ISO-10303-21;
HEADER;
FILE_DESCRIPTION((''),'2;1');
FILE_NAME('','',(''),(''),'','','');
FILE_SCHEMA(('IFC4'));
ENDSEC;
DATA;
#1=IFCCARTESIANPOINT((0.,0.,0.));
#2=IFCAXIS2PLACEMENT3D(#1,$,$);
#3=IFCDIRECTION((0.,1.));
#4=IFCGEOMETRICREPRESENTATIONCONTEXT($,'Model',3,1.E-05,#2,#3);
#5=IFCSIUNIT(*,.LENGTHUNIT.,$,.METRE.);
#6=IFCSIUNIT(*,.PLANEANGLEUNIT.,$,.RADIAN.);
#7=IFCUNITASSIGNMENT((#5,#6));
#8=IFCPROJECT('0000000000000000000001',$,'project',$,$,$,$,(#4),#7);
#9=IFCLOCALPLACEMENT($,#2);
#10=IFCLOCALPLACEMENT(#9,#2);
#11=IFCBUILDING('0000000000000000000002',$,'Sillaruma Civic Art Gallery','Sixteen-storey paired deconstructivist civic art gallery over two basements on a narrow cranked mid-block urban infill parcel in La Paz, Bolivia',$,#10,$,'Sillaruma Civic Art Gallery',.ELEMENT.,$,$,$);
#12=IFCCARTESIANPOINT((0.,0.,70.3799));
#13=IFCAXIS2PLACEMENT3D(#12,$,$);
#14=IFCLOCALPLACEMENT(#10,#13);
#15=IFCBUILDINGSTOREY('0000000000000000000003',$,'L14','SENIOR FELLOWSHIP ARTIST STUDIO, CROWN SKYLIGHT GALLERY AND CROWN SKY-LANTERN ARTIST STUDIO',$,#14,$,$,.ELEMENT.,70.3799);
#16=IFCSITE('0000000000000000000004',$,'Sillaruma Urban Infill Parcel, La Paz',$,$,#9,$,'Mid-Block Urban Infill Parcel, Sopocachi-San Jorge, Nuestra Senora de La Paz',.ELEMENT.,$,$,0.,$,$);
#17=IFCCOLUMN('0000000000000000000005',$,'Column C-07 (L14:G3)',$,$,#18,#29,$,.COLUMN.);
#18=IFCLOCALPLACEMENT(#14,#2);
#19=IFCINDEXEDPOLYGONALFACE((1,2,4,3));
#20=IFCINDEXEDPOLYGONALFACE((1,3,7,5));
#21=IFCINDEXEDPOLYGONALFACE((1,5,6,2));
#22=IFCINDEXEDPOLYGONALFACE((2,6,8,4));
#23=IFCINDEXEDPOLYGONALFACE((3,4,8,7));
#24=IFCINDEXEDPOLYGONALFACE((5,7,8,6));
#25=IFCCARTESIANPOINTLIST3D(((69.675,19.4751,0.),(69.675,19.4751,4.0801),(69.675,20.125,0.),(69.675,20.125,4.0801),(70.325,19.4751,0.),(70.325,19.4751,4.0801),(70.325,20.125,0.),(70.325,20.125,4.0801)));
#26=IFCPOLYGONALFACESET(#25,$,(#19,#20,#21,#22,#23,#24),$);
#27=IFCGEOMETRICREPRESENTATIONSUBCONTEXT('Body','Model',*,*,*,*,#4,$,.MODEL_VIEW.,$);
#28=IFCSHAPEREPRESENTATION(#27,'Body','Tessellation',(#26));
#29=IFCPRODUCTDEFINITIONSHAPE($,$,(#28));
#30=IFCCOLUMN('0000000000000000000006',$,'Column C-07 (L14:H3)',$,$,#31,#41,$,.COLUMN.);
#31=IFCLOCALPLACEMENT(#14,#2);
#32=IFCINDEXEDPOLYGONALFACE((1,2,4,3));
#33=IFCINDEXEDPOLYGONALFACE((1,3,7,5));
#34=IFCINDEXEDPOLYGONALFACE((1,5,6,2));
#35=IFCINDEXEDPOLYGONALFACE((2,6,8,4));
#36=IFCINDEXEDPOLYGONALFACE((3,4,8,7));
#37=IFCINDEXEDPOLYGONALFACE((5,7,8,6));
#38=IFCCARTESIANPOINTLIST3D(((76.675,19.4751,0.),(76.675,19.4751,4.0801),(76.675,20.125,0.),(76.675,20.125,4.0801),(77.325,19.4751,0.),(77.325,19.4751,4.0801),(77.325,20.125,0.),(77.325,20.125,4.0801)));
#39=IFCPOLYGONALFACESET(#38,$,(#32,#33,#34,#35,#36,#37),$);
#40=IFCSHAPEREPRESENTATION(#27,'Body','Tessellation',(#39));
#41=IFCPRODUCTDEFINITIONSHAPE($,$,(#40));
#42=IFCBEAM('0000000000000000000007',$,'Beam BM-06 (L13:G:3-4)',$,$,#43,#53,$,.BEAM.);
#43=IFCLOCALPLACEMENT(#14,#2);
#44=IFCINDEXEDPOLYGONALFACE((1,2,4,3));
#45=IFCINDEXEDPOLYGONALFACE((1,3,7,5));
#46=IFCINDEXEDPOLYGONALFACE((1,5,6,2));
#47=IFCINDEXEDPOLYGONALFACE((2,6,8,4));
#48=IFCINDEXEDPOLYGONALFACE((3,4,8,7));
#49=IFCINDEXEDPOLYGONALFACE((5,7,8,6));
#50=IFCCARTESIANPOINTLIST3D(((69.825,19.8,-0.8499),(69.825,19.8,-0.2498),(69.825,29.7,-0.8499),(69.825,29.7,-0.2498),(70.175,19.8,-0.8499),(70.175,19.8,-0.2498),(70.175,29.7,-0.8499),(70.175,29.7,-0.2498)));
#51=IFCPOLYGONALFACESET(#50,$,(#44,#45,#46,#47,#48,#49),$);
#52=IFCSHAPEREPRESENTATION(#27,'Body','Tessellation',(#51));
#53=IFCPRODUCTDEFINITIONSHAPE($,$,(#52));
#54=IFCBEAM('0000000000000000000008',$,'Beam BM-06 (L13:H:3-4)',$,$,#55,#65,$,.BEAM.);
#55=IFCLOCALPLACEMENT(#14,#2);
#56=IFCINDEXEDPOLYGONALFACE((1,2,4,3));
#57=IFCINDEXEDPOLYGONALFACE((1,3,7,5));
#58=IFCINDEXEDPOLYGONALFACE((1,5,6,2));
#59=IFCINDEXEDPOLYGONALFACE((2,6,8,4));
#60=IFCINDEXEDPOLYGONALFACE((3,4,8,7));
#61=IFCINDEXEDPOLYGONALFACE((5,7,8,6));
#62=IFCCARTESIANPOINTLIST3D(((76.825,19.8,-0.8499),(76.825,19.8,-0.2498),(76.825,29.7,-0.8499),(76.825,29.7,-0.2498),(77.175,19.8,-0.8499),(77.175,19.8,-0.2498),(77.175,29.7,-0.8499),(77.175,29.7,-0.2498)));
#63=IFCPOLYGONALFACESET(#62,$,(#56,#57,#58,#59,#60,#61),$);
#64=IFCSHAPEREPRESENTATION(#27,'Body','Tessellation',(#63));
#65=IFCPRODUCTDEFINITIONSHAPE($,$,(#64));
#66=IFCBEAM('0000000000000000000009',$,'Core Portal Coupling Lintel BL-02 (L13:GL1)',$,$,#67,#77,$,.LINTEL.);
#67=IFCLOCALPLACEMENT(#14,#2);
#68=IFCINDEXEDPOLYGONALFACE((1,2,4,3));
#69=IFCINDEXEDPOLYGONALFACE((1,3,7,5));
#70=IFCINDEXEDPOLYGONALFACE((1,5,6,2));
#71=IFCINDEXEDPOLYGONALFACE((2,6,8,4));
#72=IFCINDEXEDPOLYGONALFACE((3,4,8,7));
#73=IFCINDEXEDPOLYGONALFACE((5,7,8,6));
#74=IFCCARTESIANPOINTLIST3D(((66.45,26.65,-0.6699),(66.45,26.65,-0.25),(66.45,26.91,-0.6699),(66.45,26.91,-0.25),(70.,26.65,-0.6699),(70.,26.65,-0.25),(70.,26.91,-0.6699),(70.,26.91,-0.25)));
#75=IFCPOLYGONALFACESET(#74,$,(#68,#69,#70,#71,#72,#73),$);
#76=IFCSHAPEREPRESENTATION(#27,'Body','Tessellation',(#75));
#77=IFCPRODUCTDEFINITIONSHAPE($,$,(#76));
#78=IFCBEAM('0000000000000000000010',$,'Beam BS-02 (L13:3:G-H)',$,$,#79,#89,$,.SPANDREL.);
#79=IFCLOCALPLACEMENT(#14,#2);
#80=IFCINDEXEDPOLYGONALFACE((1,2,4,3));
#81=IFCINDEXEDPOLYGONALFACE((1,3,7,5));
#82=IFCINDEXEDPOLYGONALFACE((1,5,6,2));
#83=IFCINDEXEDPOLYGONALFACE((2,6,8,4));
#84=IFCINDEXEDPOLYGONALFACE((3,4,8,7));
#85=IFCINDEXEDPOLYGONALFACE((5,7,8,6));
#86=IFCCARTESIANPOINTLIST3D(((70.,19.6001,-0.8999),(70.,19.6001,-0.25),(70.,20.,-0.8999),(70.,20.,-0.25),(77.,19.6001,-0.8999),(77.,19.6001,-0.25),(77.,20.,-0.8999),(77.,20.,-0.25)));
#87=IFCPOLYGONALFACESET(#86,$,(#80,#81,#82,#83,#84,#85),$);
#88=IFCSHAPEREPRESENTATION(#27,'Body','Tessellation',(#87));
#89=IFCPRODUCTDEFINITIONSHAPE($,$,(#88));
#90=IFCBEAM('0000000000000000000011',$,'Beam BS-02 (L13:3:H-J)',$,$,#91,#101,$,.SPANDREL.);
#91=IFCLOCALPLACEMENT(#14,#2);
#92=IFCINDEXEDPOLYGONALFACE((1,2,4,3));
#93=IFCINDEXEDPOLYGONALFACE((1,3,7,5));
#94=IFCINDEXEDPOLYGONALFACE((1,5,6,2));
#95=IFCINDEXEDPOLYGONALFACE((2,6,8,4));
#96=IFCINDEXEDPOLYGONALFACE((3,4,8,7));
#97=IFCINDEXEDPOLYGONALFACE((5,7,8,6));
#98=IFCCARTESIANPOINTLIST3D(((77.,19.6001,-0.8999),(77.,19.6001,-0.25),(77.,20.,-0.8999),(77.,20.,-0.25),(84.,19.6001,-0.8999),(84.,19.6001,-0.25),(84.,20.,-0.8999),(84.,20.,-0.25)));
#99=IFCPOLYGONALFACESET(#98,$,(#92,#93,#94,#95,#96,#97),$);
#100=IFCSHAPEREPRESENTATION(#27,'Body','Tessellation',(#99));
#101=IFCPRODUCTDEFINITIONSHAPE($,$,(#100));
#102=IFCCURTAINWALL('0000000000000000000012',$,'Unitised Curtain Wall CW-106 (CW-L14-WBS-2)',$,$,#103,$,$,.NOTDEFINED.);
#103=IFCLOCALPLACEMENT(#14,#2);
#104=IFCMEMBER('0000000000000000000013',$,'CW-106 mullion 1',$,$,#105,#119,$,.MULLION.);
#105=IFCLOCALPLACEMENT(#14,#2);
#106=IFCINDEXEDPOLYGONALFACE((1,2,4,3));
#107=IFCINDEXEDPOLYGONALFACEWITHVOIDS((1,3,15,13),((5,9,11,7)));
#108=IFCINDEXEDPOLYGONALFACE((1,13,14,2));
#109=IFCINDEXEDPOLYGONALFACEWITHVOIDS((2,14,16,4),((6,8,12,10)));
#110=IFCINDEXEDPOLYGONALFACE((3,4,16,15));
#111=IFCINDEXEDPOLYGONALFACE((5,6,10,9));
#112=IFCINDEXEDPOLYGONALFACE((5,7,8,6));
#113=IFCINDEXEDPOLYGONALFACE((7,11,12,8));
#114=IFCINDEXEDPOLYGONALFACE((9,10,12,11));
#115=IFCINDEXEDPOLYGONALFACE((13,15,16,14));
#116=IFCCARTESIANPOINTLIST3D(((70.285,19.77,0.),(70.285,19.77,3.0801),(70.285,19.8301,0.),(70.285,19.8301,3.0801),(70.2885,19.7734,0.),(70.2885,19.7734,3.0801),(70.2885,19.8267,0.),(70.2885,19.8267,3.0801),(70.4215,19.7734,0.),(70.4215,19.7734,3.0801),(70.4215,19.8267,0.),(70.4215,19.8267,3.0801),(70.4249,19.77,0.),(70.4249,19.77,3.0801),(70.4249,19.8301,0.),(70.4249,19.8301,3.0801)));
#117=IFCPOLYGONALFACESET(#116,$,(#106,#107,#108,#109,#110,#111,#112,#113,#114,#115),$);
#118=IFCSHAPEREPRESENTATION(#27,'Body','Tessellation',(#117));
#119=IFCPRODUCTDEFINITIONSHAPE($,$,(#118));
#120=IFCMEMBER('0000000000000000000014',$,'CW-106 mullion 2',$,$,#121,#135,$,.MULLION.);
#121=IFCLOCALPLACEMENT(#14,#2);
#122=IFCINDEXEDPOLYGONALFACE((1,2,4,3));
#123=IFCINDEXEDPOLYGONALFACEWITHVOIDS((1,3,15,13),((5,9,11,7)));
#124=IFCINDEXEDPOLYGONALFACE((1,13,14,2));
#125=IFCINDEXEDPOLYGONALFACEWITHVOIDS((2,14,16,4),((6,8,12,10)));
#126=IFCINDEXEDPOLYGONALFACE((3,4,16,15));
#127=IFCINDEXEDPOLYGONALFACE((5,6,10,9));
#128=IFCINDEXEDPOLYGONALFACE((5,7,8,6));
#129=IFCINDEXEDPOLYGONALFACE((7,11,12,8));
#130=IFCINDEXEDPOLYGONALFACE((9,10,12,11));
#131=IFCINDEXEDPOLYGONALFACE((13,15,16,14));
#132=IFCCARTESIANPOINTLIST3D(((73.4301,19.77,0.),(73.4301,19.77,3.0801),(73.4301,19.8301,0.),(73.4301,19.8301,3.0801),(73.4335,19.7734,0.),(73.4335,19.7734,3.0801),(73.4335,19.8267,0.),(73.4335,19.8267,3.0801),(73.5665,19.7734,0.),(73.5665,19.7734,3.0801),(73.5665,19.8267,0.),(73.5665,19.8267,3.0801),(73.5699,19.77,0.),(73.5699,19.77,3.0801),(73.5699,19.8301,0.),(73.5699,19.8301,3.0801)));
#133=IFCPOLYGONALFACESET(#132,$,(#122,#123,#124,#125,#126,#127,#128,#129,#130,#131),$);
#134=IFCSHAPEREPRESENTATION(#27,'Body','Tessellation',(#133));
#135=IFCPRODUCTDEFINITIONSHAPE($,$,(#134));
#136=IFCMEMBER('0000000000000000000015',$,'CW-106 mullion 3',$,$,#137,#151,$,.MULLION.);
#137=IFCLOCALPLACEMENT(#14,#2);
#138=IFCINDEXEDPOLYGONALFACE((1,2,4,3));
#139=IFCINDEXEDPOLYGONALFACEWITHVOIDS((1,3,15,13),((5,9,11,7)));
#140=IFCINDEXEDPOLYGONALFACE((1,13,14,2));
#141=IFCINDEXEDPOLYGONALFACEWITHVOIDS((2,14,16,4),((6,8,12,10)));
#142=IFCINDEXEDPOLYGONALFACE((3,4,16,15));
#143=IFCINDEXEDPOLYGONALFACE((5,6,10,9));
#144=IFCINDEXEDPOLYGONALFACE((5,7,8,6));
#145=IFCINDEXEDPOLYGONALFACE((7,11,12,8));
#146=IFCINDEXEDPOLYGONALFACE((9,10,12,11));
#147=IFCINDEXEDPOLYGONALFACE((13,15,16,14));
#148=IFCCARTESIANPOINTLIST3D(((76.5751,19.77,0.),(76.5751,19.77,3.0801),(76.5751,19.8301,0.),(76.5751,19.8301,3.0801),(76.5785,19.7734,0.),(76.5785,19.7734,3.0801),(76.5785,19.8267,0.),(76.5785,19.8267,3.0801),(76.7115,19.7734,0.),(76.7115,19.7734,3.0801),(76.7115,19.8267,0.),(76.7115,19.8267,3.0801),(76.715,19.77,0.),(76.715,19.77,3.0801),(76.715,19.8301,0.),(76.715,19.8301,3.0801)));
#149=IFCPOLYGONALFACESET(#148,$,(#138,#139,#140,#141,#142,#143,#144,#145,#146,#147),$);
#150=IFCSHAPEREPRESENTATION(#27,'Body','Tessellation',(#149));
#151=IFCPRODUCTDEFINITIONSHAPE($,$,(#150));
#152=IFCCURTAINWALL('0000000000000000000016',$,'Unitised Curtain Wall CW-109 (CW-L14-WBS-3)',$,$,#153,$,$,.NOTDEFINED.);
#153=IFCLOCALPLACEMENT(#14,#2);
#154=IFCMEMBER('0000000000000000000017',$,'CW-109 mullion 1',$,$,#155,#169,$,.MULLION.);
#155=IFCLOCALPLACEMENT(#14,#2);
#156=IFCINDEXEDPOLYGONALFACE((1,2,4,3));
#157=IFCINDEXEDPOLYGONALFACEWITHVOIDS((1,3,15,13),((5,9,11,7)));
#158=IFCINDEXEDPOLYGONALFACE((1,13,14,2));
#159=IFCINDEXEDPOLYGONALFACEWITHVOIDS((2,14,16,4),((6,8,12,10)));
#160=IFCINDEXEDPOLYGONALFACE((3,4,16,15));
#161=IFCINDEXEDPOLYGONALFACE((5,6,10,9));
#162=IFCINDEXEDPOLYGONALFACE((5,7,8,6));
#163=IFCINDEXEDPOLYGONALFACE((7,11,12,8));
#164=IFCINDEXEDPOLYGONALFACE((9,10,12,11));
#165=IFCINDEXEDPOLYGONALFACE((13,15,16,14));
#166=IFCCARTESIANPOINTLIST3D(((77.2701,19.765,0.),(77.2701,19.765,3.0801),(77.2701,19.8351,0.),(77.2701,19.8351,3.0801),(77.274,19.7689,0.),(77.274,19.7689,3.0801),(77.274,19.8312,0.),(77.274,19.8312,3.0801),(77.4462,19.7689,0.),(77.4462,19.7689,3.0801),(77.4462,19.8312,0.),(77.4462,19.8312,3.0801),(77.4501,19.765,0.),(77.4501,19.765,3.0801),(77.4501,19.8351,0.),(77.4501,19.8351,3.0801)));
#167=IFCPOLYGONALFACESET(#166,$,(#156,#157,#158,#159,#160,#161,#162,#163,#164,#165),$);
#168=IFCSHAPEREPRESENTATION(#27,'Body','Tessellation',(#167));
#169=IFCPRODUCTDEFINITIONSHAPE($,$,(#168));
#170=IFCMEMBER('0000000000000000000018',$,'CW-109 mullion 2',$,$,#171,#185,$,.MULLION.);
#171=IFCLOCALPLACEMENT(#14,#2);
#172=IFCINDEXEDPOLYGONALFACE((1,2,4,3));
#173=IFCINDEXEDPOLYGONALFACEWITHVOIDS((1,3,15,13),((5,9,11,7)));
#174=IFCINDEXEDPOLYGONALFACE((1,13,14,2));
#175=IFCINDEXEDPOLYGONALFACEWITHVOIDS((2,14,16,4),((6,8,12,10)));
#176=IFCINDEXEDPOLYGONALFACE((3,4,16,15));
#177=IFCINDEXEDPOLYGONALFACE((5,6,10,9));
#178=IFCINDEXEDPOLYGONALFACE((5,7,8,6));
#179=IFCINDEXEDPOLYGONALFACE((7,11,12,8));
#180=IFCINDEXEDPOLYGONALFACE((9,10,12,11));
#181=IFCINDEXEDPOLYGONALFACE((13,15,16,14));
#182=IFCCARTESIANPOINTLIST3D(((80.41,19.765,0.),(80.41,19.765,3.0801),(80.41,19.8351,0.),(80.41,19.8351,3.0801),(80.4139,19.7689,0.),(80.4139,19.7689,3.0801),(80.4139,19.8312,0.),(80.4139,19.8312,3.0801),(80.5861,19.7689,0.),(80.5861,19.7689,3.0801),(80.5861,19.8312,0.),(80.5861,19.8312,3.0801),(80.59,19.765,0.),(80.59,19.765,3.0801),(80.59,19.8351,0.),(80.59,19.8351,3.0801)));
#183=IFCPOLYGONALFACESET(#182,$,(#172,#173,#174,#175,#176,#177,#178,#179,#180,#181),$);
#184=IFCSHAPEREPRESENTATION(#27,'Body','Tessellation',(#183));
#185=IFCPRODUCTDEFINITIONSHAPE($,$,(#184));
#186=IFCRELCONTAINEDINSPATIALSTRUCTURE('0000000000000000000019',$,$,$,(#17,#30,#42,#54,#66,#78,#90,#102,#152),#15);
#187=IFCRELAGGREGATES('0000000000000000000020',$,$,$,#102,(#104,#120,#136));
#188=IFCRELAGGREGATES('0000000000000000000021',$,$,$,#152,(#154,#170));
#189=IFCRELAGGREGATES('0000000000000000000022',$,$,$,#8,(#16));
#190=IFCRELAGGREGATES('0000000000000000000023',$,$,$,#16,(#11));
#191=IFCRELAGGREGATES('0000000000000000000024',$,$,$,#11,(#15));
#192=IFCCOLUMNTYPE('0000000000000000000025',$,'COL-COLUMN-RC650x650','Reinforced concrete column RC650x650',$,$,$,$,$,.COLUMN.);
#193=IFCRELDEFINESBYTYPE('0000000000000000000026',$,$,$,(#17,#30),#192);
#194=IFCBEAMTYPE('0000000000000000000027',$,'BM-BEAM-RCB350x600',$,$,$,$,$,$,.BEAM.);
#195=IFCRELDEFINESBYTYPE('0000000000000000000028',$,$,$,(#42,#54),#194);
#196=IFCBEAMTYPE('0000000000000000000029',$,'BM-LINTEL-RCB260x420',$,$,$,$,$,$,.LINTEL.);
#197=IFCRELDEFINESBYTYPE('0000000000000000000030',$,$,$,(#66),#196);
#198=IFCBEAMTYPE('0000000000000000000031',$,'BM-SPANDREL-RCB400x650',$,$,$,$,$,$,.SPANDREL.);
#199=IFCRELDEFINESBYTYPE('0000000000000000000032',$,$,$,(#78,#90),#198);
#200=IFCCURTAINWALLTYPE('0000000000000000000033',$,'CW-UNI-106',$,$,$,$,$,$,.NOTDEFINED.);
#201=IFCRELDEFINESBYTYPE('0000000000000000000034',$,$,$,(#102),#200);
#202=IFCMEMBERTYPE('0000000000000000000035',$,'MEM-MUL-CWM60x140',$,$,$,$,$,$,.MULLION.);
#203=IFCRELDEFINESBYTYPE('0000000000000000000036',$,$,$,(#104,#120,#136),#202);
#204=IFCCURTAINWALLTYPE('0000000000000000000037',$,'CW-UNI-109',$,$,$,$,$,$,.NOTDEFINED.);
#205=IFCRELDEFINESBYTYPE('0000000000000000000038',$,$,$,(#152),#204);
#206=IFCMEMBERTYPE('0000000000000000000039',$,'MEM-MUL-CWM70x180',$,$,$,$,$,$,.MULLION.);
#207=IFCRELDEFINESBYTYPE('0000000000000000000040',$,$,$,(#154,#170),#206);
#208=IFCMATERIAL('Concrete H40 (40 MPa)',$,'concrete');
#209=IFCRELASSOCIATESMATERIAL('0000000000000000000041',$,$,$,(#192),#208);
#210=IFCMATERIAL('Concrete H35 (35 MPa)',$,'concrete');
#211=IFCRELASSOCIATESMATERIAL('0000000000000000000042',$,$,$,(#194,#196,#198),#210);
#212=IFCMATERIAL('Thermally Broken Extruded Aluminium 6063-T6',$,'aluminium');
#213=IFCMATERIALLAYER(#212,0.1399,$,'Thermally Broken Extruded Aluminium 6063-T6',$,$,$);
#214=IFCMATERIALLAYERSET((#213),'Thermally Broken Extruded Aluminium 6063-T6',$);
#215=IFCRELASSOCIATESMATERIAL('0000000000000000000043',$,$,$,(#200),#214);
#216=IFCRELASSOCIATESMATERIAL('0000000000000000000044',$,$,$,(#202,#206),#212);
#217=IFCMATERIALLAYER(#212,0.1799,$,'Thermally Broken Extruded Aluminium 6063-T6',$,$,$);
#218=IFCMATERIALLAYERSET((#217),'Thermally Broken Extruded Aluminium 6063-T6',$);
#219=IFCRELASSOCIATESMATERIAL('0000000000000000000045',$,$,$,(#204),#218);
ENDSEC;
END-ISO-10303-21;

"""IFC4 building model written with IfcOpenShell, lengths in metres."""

from ifc_helpers import new_model, si_unit, direction, frame, origin, origin_2d, place, context, subcontext, project, spatial, rectangle, hollow_rectangle, extrude, material, layer, layer_set, material_profile, profile_set, type_object, element, aggregate, save


model = new_model("IFC4")

# Units and contexts
model_context = context("Model", 3, precision=1e-05, world=origin(), true_north=direction((0.0, 1.0)))
body_context = subcontext(model_context, "Body", "Model", "MODEL_VIEW")
ifc_project = project(units=[si_unit("LENGTHUNIT", "METRE"), si_unit("PLANEANGLEUNIT", "RADIAN")], contexts=[model_context])

# Site, building, storey
site_placement = place(None, origin())
site = spatial("IfcSite", under=ifc_project, at=site_placement, Name="Sillaruma Urban Infill Parcel, La Paz", LongName="Mid-Block Urban Infill Parcel, Sopocachi-San Jorge, Nuestra Senora de La Paz", CompositionType="ELEMENT", RefElevation=0.0)
building_placement = place(site_placement, origin())
building = spatial("IfcBuilding", under=site, at=building_placement, Name="Sillaruma Civic Art Gallery", Description="Sixteen-storey paired deconstructivist civic art gallery over two basements on a narrow cranked mid-block urban infill parcel in La Paz, Bolivia", LongName="Sillaruma Civic Art Gallery", CompositionType="ELEMENT")
storey_placement = place(building_placement, frame((0.0, 0.0, 70.3799)))
storey = spatial("IfcBuildingStorey", under=building, at=storey_placement, Name="L14", Description="SENIOR FELLOWSHIP ARTIST STUDIO, CROWN SKYLIGHT GALLERY AND CROWN SKY-LANTERN ARTIST STUDIO", CompositionType="ELEMENT", Elevation=70.3799)

# Columns
ifc_material_1 = material(Name="Concrete H40 (40 MPa)", Category="concrete")
ifc_material_profile_1 = material_profile(ifc_material_1, rectangle(XDim=0.6499, YDim=0.6499, at=origin_2d()), Name="RC650x650")
ifc_profile_set_1 = profile_set([ifc_material_profile_1], Name="Concrete H40 (40 MPa)")
column_type = type_object("IfcColumnType", Name="COL-COLUMN-RC650x650", Description="Reinforced concrete column RC650x650", PredefinedType="COLUMN", material=ifc_profile_set_1)
for number, where, z_axis, x_axis, name in (
    (1, (70.0, 19.8, 0.0), (0.0, 0.0, 1.0), (1.0, 0.0, 0.0), "Column C-07 (L14:G3)"),
    (2, (77.0, 19.8, 0.0), (0.0, 0.0, 1.0), (1.0, 0.0, 0.0), "Column C-07 (L14:H3)"),
):
    element("IfcColumn", number, at=place(storey_placement, frame(where, z_axis=z_axis, x_axis=x_axis)), inside=storey, type_object=column_type, Name=name, PredefinedType="COLUMN", context=body_context, shape_type="SweptSolid", body=[
        extrude(rectangle(XDim=0.6499, YDim=0.6499, at=origin_2d()), origin(), (0.0, 0.0, 1.0), 4.0801),
    ])

# Beams
ifc_material_2 = material(Name="Concrete H35 (35 MPa)", Category="concrete")
ifc_material_profile_2 = material_profile(ifc_material_2, rectangle(XDim=0.3501, YDim=0.6001, at=origin_2d()), Name="RCB350x600")
ifc_profile_set_2 = profile_set([ifc_material_profile_2], Name="Concrete H35 (35 MPa)")
beam_type_1 = type_object("IfcBeamType", Name="BM-BEAM-RCB350x600", PredefinedType="BEAM", material=ifc_profile_set_2)
for number, where, z_axis, x_axis, name in (
    (3, (70.0, 19.8, -0.5498), (0.0, 1.0, 0.0), (-1.0, 0.0, 0.0), "Beam BM-06 (L13:G:3-4)"),
    (4, (77.0, 19.8, -0.5498), (0.0, 1.0, 0.0), (-1.0, 0.0, 0.0), "Beam BM-06 (L13:H:3-4)"),
):
    element("IfcBeam", number, at=place(storey_placement, frame(where, z_axis=z_axis, x_axis=x_axis)), inside=storey, type_object=beam_type_1, Name=name, PredefinedType="BEAM", context=body_context, shape_type="SweptSolid", body=[
        extrude(rectangle(XDim=0.3501, YDim=0.6001, at=origin_2d()), origin(), (0.0, 0.0, 1.0), 9.8999),
    ])
ifc_material_profile_3 = material_profile(ifc_material_2, rectangle(XDim=0.26, YDim=0.4199, at=origin_2d()), Name="RCB260x420")
ifc_profile_set_3 = profile_set([ifc_material_profile_3], Name="Concrete H35 (35 MPa)")
beam_type_2 = type_object("IfcBeamType", Name="BM-LINTEL-RCB260x420", PredefinedType="LINTEL", material=ifc_profile_set_3)
beam_placement = place(storey_placement, frame((66.45, 26.78, -0.46), z_axis=(1.0, 0.0, 0.0), x_axis=(0.0, 1.0, 0.0)))
element("IfcBeam", 5, at=beam_placement, inside=storey, type_object=beam_type_2, Name="Core Portal Coupling Lintel BL-02 (L13:GL1)", PredefinedType="LINTEL", context=body_context, shape_type="SweptSolid", body=[
    extrude(rectangle(XDim=0.26, YDim=0.4199, at=origin_2d()), origin(), (0.0, 0.0, 1.0), 3.55),
])
ifc_material_profile_4 = material_profile(ifc_material_2, rectangle(XDim=0.3999, YDim=0.6499, at=origin_2d()), Name="RCB400x650")
ifc_profile_set_4 = profile_set([ifc_material_profile_4], Name="Concrete H35 (35 MPa)")
beam_type_3 = type_object("IfcBeamType", Name="BM-SPANDREL-RCB400x650", PredefinedType="SPANDREL", material=ifc_profile_set_4)
for number, where, z_axis, x_axis, name in (
    (6, (70.0, 19.8, -0.575), (1.0, 0.0, 0.0), (0.0, 1.0, 0.0), "Beam BS-02 (L13:3:G-H)"),
    (7, (77.0, 19.8, -0.575), (1.0, 0.0, 0.0), (0.0, 1.0, 0.0), "Beam BS-02 (L13:3:H-J)"),
):
    element("IfcBeam", number, at=place(storey_placement, frame(where, z_axis=z_axis, x_axis=x_axis)), inside=storey, type_object=beam_type_3, Name=name, PredefinedType="SPANDREL", context=body_context, shape_type="SweptSolid", body=[
        extrude(rectangle(XDim=0.3999, YDim=0.6499, at=origin_2d()), origin(), (0.0, 0.0, 1.0), 7.0),
    ])

# Curtain walls, members
ifc_material_3 = material(Name="Thermally Broken Extruded Aluminium 6063-T6", Category="aluminium")
ifc_layer_1 = layer(ifc_material_3, 0.1399, Name="Thermally Broken Extruded Aluminium 6063-T6")
ifc_layer_set_1 = layer_set([ifc_layer_1], Name="Thermally Broken Extruded Aluminium 6063-T6")
curtain_wall_type_1 = type_object("IfcCurtainWallType", Name="CW-UNI-106", PredefinedType="NOTDEFINED", material=ifc_layer_set_1)
curtain_wall_1_placement = place(storey_placement, origin())
curtain_wall_1 = element("IfcCurtainWall", 8, at=curtain_wall_1_placement, inside=storey, type_object=curtain_wall_type_1, Name="Unitised Curtain Wall CW-106 (CW-L14-WBS-2)", PredefinedType="NOTDEFINED")
ifc_material_profile_5 = material_profile(ifc_material_3, hollow_rectangle(XDim=0.0601, YDim=0.1399, WallThickness=0.0034, at=origin_2d()), Name="CWM60x140")
ifc_profile_set_5 = profile_set([ifc_material_profile_5], Name="Thermally Broken Extruded Aluminium 6063-T6")
member_type_1 = type_object("IfcMemberType", Name="MEM-MUL-CWM60x140", PredefinedType="MULLION", material=ifc_profile_set_5)
member_1_placement = place(storey_placement, frame((70.355, 19.8, 0.0), z_axis=(0.0, 0.0, 1.0), x_axis=(0.0, 1.0, 0.0)))
member_1 = element("IfcMember", 9, at=member_1_placement, type_object=member_type_1, Name="CW-106 mullion 1", PredefinedType="MULLION", context=body_context, shape_type="SweptSolid", body=[
    extrude(hollow_rectangle(XDim=0.0601, YDim=0.1399, WallThickness=0.0034, at=origin_2d()), origin(), (0.0, 0.0, 1.0), 3.0801),
])
member_2_placement = place(storey_placement, frame((73.5, 19.8, 0.0), z_axis=(0.0, 0.0, 1.0), x_axis=(0.0, 1.0, 0.0)))
member_2 = element("IfcMember", 10, at=member_2_placement, type_object=member_type_1, Name="CW-106 mullion 2", PredefinedType="MULLION", context=body_context, shape_type="SweptSolid", body=[
    extrude(hollow_rectangle(XDim=0.0601, YDim=0.1399, WallThickness=0.0034, at=origin_2d()), origin(), (0.0, 0.0, 1.0), 3.0801),
])
member_3_placement = place(storey_placement, frame((76.645, 19.8, 0.0), z_axis=(0.0, 0.0, 1.0), x_axis=(0.0, 1.0, 0.0)))
member_3 = element("IfcMember", 11, at=member_3_placement, type_object=member_type_1, Name="CW-106 mullion 3", PredefinedType="MULLION", context=body_context, shape_type="SweptSolid", body=[
    extrude(hollow_rectangle(XDim=0.0601, YDim=0.1399, WallThickness=0.0034, at=origin_2d()), origin(), (0.0, 0.0, 1.0), 3.0801),
])
ifc_layer_2 = layer(ifc_material_3, 0.1799, Name="Thermally Broken Extruded Aluminium 6063-T6")
ifc_layer_set_2 = layer_set([ifc_layer_2], Name="Thermally Broken Extruded Aluminium 6063-T6")
curtain_wall_type_2 = type_object("IfcCurtainWallType", Name="CW-UNI-109", PredefinedType="NOTDEFINED", material=ifc_layer_set_2)
curtain_wall_2_placement = place(storey_placement, origin())
curtain_wall_2 = element("IfcCurtainWall", 12, at=curtain_wall_2_placement, inside=storey, type_object=curtain_wall_type_2, Name="Unitised Curtain Wall CW-109 (CW-L14-WBS-3)", PredefinedType="NOTDEFINED")
ifc_material_profile_6 = material_profile(ifc_material_3, hollow_rectangle(XDim=0.0701, YDim=0.1799, WallThickness=0.0039, at=origin_2d()), Name="CWM70x180")
ifc_profile_set_6 = profile_set([ifc_material_profile_6], Name="Thermally Broken Extruded Aluminium 6063-T6")
member_type_2 = type_object("IfcMemberType", Name="MEM-MUL-CWM70x180", PredefinedType="MULLION", material=ifc_profile_set_6)
member_4_placement = place(storey_placement, frame((77.3601, 19.8, 0.0), z_axis=(0.0, 0.0, 1.0), x_axis=(0.0, 1.0, 0.0)))
member_4 = element("IfcMember", 13, at=member_4_placement, type_object=member_type_2, Name="CW-109 mullion 1", PredefinedType="MULLION", context=body_context, shape_type="SweptSolid", body=[
    extrude(hollow_rectangle(XDim=0.0701, YDim=0.1799, WallThickness=0.0039, at=origin_2d()), origin(), (0.0, 0.0, 1.0), 3.0801),
])
member_5_placement = place(storey_placement, frame((80.5, 19.8, 0.0), z_axis=(0.0, 0.0, 1.0), x_axis=(0.0, 1.0, 0.0)))
member_5 = element("IfcMember", 14, at=member_5_placement, type_object=member_type_2, Name="CW-109 mullion 2", PredefinedType="MULLION", context=body_context, shape_type="SweptSolid", body=[
    extrude(hollow_rectangle(XDim=0.0701, YDim=0.1799, WallThickness=0.0039, at=origin_2d()), origin(), (0.0, 0.0, 1.0), 3.0801),
])

aggregate(curtain_wall_1, [member_1, member_2, member_3])
aggregate(curtain_wall_2, [member_4, member_5])

save(model, "model.ifc")
